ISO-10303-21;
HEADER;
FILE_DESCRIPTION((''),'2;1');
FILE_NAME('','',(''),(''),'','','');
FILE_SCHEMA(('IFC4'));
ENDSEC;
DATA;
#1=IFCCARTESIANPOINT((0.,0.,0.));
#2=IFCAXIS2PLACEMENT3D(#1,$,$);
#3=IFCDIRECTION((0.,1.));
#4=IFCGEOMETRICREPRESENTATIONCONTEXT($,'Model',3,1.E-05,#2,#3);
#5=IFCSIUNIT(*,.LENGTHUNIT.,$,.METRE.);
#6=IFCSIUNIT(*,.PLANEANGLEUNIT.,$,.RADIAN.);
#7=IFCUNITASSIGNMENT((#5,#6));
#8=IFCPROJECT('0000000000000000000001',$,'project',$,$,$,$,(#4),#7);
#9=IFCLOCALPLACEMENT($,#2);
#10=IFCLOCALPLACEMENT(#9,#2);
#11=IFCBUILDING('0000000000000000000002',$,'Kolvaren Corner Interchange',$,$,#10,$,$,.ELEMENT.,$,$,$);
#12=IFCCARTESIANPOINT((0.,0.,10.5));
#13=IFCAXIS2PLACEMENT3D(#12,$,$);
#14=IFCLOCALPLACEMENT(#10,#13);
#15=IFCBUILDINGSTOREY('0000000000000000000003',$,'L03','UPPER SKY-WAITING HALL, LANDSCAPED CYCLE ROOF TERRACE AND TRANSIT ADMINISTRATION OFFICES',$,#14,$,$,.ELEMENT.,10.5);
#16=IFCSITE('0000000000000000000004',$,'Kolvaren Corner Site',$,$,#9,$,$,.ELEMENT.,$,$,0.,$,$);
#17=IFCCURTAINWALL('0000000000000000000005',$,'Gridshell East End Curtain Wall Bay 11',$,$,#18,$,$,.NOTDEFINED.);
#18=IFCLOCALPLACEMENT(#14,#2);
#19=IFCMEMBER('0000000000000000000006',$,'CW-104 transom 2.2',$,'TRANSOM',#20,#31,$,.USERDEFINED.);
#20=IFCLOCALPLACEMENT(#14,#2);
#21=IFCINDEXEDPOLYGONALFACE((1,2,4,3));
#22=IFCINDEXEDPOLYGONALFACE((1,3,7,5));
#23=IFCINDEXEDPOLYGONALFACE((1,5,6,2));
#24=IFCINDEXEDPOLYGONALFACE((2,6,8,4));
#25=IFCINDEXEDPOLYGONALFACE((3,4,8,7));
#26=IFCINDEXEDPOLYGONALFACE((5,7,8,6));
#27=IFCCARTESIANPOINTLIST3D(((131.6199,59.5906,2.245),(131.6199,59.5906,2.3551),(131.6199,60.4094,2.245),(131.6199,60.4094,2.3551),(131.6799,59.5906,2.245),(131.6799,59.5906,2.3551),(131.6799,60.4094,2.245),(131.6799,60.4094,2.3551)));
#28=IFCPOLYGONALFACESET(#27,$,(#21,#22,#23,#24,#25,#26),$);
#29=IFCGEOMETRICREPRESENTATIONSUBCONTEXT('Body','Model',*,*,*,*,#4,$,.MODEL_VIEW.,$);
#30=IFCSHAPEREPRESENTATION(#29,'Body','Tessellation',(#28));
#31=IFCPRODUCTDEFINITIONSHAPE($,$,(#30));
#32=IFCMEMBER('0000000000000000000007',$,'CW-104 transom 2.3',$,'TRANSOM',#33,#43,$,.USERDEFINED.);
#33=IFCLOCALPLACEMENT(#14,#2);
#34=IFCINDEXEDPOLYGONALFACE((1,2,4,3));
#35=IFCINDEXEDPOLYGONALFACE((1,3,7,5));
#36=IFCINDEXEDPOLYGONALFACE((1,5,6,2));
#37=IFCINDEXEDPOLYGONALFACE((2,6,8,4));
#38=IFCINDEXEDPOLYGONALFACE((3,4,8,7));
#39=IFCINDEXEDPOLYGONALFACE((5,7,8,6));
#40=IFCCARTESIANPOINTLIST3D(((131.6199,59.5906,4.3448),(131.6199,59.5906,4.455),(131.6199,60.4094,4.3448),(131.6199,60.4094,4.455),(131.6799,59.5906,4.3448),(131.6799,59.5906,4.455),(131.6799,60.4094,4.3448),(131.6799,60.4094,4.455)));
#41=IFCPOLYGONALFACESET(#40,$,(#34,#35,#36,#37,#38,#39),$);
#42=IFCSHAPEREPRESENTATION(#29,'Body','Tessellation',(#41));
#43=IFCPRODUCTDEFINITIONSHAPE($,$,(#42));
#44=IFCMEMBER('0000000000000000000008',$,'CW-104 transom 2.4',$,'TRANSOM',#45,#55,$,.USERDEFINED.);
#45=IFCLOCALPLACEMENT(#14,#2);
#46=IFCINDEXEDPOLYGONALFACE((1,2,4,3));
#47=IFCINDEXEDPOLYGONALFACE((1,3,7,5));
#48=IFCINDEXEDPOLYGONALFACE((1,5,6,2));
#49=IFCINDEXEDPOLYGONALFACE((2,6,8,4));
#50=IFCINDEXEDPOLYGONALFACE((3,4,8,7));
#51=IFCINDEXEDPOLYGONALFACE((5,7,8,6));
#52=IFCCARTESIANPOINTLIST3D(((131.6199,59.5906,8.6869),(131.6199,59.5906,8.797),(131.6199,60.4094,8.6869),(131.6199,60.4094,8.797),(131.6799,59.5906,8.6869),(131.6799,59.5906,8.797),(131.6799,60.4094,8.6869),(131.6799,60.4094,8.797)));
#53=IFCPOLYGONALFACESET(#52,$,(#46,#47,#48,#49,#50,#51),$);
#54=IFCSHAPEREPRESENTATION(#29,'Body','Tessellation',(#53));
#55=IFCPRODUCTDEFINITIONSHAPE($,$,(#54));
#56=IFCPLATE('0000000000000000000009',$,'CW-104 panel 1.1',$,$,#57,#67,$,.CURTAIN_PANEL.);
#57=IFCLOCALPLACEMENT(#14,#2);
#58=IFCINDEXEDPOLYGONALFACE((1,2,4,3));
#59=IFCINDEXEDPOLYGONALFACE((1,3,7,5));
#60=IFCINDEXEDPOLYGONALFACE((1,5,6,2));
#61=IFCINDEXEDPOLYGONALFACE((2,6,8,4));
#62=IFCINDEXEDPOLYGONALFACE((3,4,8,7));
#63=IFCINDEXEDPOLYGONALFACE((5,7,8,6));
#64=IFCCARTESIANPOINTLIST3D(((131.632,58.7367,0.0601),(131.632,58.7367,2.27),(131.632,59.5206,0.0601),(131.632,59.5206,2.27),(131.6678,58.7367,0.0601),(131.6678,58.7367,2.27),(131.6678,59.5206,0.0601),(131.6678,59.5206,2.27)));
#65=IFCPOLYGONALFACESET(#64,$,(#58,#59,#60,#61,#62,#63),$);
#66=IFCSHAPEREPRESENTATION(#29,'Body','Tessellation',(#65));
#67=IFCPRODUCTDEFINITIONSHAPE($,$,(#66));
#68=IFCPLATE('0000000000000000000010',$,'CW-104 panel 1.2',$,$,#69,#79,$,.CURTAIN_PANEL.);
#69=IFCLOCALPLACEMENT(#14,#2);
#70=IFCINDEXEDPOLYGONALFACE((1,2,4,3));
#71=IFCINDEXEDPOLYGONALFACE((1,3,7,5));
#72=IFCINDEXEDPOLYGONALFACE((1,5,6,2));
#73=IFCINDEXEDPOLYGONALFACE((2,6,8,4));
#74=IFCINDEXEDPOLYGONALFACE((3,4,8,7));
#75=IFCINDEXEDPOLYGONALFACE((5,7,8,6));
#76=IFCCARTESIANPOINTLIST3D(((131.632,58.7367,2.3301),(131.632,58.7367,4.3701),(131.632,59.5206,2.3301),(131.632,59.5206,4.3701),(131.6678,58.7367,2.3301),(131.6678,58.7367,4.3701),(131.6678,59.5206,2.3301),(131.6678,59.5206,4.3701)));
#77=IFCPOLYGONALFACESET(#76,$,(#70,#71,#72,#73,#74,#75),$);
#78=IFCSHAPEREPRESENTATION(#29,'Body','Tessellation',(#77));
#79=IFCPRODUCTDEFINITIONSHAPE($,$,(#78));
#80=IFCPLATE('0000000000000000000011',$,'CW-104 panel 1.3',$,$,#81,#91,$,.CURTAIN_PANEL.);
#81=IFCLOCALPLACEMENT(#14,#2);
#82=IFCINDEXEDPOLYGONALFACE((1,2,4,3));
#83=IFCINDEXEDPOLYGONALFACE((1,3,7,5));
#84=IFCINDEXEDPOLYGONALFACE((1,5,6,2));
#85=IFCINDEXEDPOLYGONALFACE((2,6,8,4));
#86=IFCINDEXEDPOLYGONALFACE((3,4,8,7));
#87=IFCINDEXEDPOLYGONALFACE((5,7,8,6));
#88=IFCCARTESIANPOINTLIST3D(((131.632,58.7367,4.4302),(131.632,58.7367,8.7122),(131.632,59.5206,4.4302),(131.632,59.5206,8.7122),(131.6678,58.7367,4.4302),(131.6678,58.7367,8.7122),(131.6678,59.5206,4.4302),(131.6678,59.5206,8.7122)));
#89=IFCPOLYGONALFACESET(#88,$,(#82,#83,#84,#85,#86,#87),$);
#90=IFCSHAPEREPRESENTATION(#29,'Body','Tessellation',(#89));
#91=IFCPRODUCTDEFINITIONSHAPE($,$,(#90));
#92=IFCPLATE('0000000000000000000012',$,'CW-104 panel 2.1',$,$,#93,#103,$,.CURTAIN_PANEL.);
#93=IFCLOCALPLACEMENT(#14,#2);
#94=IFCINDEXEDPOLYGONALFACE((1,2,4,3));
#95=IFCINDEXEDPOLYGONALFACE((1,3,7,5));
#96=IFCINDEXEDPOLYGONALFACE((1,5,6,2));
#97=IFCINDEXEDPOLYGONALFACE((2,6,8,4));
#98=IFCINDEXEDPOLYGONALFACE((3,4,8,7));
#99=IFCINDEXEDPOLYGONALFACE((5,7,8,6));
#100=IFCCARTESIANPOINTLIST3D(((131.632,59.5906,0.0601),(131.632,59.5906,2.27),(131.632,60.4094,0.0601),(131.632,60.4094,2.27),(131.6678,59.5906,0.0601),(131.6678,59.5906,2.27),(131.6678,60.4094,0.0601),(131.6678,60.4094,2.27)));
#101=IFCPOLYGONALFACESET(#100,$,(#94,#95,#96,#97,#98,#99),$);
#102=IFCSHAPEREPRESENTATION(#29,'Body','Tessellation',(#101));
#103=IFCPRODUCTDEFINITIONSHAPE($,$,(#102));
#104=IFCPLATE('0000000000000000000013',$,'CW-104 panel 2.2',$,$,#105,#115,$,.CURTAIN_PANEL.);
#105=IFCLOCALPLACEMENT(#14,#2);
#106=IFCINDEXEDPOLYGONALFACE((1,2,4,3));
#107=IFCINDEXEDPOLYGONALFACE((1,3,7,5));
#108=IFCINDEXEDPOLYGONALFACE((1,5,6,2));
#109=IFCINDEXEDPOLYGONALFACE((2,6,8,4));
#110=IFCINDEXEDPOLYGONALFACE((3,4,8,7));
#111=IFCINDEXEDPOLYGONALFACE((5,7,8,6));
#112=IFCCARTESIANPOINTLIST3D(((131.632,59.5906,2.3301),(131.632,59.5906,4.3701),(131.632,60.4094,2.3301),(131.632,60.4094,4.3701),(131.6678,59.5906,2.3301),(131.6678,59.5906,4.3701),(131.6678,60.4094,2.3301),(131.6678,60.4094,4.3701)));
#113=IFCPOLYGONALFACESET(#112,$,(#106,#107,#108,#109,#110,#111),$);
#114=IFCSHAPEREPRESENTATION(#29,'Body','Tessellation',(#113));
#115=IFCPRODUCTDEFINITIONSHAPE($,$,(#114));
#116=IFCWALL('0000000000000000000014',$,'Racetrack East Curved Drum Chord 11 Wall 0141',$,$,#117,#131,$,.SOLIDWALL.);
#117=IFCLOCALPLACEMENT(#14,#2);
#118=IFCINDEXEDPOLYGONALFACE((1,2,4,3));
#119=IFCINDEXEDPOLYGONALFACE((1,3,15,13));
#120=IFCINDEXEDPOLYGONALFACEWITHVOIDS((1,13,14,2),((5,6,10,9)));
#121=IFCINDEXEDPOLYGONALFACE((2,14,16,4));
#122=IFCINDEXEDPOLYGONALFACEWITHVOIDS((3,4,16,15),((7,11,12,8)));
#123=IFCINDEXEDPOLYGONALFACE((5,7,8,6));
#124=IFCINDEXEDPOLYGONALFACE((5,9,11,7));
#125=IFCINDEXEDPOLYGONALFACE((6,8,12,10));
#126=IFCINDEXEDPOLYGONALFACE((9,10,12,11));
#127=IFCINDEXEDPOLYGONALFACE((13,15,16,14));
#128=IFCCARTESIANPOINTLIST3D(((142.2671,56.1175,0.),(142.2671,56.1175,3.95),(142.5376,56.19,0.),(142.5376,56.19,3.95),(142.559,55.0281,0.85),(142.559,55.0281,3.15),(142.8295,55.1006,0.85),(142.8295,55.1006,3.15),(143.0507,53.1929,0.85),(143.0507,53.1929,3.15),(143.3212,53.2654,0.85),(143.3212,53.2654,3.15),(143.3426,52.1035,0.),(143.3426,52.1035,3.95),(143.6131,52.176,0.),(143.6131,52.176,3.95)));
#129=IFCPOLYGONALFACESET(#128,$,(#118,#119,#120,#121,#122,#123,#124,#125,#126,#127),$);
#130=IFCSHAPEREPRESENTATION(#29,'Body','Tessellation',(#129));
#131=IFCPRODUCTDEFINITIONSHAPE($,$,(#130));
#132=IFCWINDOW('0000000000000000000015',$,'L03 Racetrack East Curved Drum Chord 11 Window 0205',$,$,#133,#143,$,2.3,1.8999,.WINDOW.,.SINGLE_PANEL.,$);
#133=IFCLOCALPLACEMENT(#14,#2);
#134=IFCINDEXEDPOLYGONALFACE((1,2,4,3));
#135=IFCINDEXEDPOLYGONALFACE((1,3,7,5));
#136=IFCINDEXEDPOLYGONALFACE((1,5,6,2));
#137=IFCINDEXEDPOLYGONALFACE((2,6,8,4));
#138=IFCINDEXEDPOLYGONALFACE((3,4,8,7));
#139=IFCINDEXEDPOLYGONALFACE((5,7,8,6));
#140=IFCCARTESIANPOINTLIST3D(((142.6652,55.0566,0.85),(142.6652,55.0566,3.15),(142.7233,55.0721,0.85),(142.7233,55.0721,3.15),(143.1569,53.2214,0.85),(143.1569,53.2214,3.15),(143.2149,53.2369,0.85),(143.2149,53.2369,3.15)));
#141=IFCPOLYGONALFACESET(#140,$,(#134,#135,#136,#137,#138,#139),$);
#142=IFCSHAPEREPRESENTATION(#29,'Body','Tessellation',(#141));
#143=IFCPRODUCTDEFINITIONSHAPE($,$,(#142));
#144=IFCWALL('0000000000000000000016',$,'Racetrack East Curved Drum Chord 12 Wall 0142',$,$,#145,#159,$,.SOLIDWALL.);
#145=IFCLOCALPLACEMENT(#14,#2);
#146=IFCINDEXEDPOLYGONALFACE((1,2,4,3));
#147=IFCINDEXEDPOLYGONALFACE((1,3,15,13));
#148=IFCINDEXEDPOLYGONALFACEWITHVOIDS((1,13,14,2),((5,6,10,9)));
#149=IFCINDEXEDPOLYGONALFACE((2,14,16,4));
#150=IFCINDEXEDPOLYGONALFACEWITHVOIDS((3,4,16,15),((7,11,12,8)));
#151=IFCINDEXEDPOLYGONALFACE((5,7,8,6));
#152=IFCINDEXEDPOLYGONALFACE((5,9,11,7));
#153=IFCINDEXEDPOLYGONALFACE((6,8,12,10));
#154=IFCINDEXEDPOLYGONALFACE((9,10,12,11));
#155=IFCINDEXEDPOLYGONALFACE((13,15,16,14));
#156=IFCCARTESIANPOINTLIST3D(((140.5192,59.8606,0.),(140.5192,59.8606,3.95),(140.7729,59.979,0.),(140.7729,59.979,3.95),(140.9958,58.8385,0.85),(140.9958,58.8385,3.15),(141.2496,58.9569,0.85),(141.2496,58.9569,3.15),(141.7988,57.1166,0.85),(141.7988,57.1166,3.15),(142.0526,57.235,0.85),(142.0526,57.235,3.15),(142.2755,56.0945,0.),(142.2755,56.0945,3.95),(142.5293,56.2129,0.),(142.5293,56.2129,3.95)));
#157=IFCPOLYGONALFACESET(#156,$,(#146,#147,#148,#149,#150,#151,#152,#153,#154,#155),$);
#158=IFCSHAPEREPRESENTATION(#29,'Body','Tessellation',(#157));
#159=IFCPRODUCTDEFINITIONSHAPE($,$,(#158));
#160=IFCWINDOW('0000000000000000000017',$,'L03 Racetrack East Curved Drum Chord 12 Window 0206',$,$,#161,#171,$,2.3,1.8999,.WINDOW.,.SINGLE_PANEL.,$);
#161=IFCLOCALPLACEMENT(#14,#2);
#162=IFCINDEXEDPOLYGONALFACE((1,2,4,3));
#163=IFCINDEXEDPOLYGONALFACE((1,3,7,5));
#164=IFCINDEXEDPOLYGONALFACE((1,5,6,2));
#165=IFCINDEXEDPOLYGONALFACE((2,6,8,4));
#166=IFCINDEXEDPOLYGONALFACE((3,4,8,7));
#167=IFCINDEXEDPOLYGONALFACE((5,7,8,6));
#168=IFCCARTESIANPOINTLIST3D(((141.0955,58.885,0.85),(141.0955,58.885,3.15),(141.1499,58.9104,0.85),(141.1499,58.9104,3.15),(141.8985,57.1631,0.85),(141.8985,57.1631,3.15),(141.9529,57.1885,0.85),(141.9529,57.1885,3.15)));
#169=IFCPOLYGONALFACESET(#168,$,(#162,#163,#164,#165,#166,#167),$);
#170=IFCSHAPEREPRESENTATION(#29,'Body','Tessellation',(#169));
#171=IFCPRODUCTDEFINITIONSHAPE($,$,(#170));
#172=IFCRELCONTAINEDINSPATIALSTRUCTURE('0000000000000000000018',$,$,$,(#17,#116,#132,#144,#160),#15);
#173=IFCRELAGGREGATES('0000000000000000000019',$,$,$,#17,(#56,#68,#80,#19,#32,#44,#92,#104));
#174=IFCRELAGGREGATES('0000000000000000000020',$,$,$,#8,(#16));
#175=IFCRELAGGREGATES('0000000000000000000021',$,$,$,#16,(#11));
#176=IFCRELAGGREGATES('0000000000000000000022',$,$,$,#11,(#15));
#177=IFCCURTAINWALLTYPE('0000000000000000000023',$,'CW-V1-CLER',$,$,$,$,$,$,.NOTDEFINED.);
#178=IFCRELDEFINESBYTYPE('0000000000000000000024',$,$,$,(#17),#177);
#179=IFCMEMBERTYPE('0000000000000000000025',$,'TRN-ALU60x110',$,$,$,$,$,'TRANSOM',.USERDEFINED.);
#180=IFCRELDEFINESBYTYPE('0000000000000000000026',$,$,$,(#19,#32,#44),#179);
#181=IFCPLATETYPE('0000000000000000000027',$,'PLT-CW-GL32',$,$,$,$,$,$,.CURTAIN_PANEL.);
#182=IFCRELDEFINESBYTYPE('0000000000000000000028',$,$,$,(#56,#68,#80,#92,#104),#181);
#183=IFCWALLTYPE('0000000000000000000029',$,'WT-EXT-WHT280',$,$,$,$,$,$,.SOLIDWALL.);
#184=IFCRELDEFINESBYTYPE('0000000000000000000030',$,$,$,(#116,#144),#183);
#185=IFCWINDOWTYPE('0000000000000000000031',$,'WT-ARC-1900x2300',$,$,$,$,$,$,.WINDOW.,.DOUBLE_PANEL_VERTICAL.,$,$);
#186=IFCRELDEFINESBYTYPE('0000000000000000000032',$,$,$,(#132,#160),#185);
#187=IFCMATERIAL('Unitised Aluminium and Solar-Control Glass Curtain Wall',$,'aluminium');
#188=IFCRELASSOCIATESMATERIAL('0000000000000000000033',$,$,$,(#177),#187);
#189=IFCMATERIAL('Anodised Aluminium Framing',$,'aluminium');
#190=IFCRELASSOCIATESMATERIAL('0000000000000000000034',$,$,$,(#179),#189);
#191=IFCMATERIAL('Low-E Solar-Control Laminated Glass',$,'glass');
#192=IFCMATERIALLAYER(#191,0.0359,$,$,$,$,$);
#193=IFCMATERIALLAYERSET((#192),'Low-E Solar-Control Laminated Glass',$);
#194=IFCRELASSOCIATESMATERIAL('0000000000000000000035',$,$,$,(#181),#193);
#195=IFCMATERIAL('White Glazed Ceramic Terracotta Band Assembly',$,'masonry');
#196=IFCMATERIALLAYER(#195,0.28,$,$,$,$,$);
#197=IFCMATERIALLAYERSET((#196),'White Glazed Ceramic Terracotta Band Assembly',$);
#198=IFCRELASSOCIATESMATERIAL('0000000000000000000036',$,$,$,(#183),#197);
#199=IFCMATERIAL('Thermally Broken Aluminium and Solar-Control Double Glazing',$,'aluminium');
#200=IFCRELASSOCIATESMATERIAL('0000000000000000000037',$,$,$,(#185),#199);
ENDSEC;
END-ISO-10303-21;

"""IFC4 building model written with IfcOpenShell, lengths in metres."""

from ifc_helpers import new_model, si_unit, direction, frame, frame_2d, origin, origin_2d, place, context, subcontext, project, spatial, rectangle, extrude, material, layer, layer_set, material_profile, profile_set, type_object, element, fill, aggregate, save


model = new_model("IFC4")

# Units and contexts
model_context = context("Model", 3, precision=1e-05, world=origin(), true_north=direction((0.0, 1.0)))
body_context = subcontext(model_context, "Body", "Model", "MODEL_VIEW")
ifc_project = project(units=[si_unit("LENGTHUNIT", "METRE"), si_unit("PLANEANGLEUNIT", "RADIAN")], contexts=[model_context])

# Site, building, storey
site_placement = place(None, origin())
site = spatial("IfcSite", under=ifc_project, at=site_placement, Name="Kolvaren Corner Site", CompositionType="ELEMENT", RefElevation=0.0)
building_placement = place(site_placement, origin())
building = spatial("IfcBuilding", under=site, at=building_placement, Name="Kolvaren Corner Interchange", CompositionType="ELEMENT")
storey_placement = place(building_placement, frame((0.0, 0.0, 10.5)))
storey = spatial("IfcBuildingStorey", under=building, at=storey_placement, Name="L03", Description="UPPER SKY-WAITING HALL, LANDSCAPED CYCLE ROOF TERRACE AND TRANSIT ADMINISTRATION OFFICES", CompositionType="ELEMENT", Elevation=10.5)

# Curtain wall, members, plates
ifc_material_1 = material(Name="Unitised Aluminium and Solar-Control Glass Curtain Wall", Category="aluminium")
curtain_wall_type = type_object("IfcCurtainWallType", Name="CW-V1-CLER", PredefinedType="NOTDEFINED", material=ifc_material_1)
curtain_wall_placement = place(storey_placement, origin())
curtain_wall = element("IfcCurtainWall", 1, at=curtain_wall_placement, inside=storey, type_object=curtain_wall_type, Name="Gridshell East End Curtain Wall Bay 11", PredefinedType="NOTDEFINED")
ifc_material_2 = material(Name="Anodised Aluminium Framing", Category="aluminium")
ifc_material_profile_1 = material_profile(ifc_material_2, rectangle(XDim=0.0601, YDim=0.1101, at=origin_2d()), Name="ALU 60x110")
ifc_profile_set_1 = profile_set([ifc_material_profile_1], Name="Anodised Aluminium Framing")
member_type_1 = type_object("IfcMemberType", Name="TRN-ALU60x110", ElementType="TRANSOM", PredefinedType="USERDEFINED", material=ifc_profile_set_1)
member_1_placement = place(storey_placement, frame((131.6499, 59.5906, 2.3), z_axis=(0.0, 1.0, 0.0), x_axis=(-1.0, 0.0, 0.0)))
member_1 = element("IfcMember", 2, at=member_1_placement, type_object=member_type_1, Name="CW-104 transom 2.2", ObjectType="TRANSOM", PredefinedType="USERDEFINED", context=body_context, shape_type="SweptSolid", body=[
    extrude(rectangle(XDim=0.0601, YDim=0.1101, at=origin_2d()), origin(), (0.0, 0.0, 1.0), 0.8188),
])
member_2_placement = place(storey_placement, frame((131.6499, 59.5906, 4.3999), z_axis=(0.0, 1.0, 0.0), x_axis=(-1.0, 0.0, 0.0)))
member_2 = element("IfcMember", 3, at=member_2_placement, type_object=member_type_1, Name="CW-104 transom 2.3", ObjectType="TRANSOM", PredefinedType="USERDEFINED", context=body_context, shape_type="SweptSolid", body=[
    extrude(rectangle(XDim=0.0601, YDim=0.1101, at=origin_2d()), origin(), (0.0, 0.0, 1.0), 0.8188),
])
member_3_placement = place(storey_placement, frame((131.6499, 59.5906, 8.7419), z_axis=(0.0, 1.0, 0.0), x_axis=(-1.0, 0.0, 0.0)))
member_3 = element("IfcMember", 4, at=member_3_placement, type_object=member_type_1, Name="CW-104 transom 2.4", ObjectType="TRANSOM", PredefinedType="USERDEFINED", context=body_context, shape_type="SweptSolid", body=[
    extrude(rectangle(XDim=0.0601, YDim=0.1101, at=origin_2d()), origin(), (0.0, 0.0, 1.0), 0.8188),
])
ifc_material_3 = material(Name="Low-E Solar-Control Laminated Glass", Category="glass")
ifc_layer_1 = layer(ifc_material_3, 0.0359)
ifc_layer_set_1 = layer_set([ifc_layer_1], Name="Low-E Solar-Control Laminated Glass")
plate_type = type_object("IfcPlateType", Name="PLT-CW-GL32", PredefinedType="CURTAIN_PANEL", material=ifc_layer_set_1)
plate_1_placement = place(storey_placement, frame((131.6499, 59.1287, 0.0601), z_axis=(0.0, 0.0, 1.0), x_axis=(0.0, 1.0, 0.0)))
plate_1 = element("IfcPlate", 5, at=plate_1_placement, type_object=plate_type, Name="CW-104 panel 1.1", PredefinedType="CURTAIN_PANEL", context=body_context, shape_type="SweptSolid", body=[
    extrude(rectangle(XDim=0.7839, YDim=0.0359, at=origin_2d()), origin(), (0.0, 0.0, 1.0), 2.21),
])
plate_2_placement = place(storey_placement, frame((131.6499, 59.1287, 2.3301), z_axis=(0.0, 0.0, 1.0), x_axis=(0.0, 1.0, 0.0)))
plate_2 = element("IfcPlate", 6, at=plate_2_placement, type_object=plate_type, Name="CW-104 panel 1.2", PredefinedType="CURTAIN_PANEL", context=body_context, shape_type="SweptSolid", body=[
    extrude(rectangle(XDim=0.7839, YDim=0.0359, at=origin_2d()), origin(), (0.0, 0.0, 1.0), 2.04),
])
plate_3_placement = place(storey_placement, frame((131.6499, 59.1287, 4.4302), z_axis=(0.0, 0.0, 1.0), x_axis=(0.0, 1.0, 0.0)))
plate_3 = element("IfcPlate", 7, at=plate_3_placement, type_object=plate_type, Name="CW-104 panel 1.3", PredefinedType="CURTAIN_PANEL", context=body_context, shape_type="SweptSolid", body=[
    extrude(rectangle(XDim=0.7839, YDim=0.0359, at=origin_2d()), origin(), (0.0, 0.0, 1.0), 4.282),
])
plate_4_placement = place(storey_placement, frame((131.6499, 60.0, 0.0601), z_axis=(0.0, 0.0, 1.0), x_axis=(0.0, 1.0, 0.0)))
plate_4 = element("IfcPlate", 8, at=plate_4_placement, type_object=plate_type, Name="CW-104 panel 2.1", PredefinedType="CURTAIN_PANEL", context=body_context, shape_type="SweptSolid", body=[
    extrude(rectangle(XDim=0.8188, YDim=0.0359, at=origin_2d()), origin(), (0.0, 0.0, 1.0), 2.21),
])
plate_5_placement = place(storey_placement, frame((131.6499, 60.0, 2.3301), z_axis=(0.0, 0.0, 1.0), x_axis=(0.0, 1.0, 0.0)))
plate_5 = element("IfcPlate", 9, at=plate_5_placement, type_object=plate_type, Name="CW-104 panel 2.2", PredefinedType="CURTAIN_PANEL", context=body_context, shape_type="SweptSolid", body=[
    extrude(rectangle(XDim=0.8188, YDim=0.0359, at=origin_2d()), origin(), (0.0, 0.0, 1.0), 2.04),
])
aggregate(curtain_wall, [plate_1, plate_2, plate_3, member_1, member_2, member_3, plate_4, plate_5])

# Walls, openings, windows
ifc_material_4 = material(Name="White Glazed Ceramic Terracotta Band Assembly", Category="masonry")
ifc_layer_2 = layer(ifc_material_4, 0.28)
ifc_layer_set_2 = layer_set([ifc_layer_2], Name="White Glazed Ceramic Terracotta Band Assembly")
wall_type = type_object("IfcWallType", Name="WT-EXT-WHT280", PredefinedType="SOLIDWALL", material=ifc_layer_set_2)
wall_1_placement = place(storey_placement, frame((143.4778, 52.1399, 0.0), z_axis=(0.0, 0.0, 1.0), x_axis=(-0.2588, 0.965931, 0.0)))
wall_1 = element("IfcWall", 10, at=wall_1_placement, inside=storey, type_object=wall_type, Name="Racetrack East Curved Drum Chord 11 Wall 0141", PredefinedType="SOLIDWALL", context=body_context, shape_type="SweptSolid", body=[
    extrude(rectangle(XDim=4.1555, YDim=0.28, at=frame_2d((2.0776, 0.0))), origin(), (0.0, 0.0, 1.0), 3.95),
])
opening_1_placement = place(wall_1_placement, frame((1.1277, 0.0, 0.8501)))
opening_1 = element("IfcOpeningElement", 11, at=opening_1_placement, cuts=wall_1, PredefinedType="OPENING", context=body_context, shape_type="SweptSolid", body=[
    extrude(rectangle(XDim=1.8999, YDim=2.3, at=frame_2d((0.95, 1.1499))), frame((0.0, 0.1499, 0.0), z_axis=(0.0, -1.0, 0.0), x_axis=(1.0, 0.0, 0.0)), (0.0, 0.0, 1.0), 0.3),
])
ifc_material_5 = material(Name="Thermally Broken Aluminium and Solar-Control Double Glazing", Category="aluminium")
window_type = type_object("IfcWindowType", Name="WT-ARC-1900x2300", PartitioningType="DOUBLE_PANEL_VERTICAL", PredefinedType="WINDOW", material=ifc_material_5)
window_1_placement = place(opening_1_placement, origin())
window_1 = element("IfcWindow", 12, at=window_1_placement, inside=storey, type_object=window_type, Name="L03 Racetrack East Curved Drum Chord 11 Window 0205", OverallHeight=2.3, OverallWidth=1.8999, PartitioningType="SINGLE_PANEL", PredefinedType="WINDOW", context=body_context, shape_type="SweptSolid", body=[
    extrude(rectangle(XDim=1.8999, YDim=2.3, at=frame_2d((0.95, 1.1499))), frame((0.0, 0.03, 0.0), z_axis=(0.0, -1.0, 0.0), x_axis=(1.0, 0.0, 0.0)), (0.0, 0.0, 1.0), 0.0601),
])
fill(opening_1, window_1)
wall_2_placement = place(storey_placement, frame((142.4023, 56.1538, 0.0), z_axis=(0.0, 0.0, 1.0), x_axis=(-0.422654, 0.906291, 0.0)))
wall_2 = element("IfcWall", 13, at=wall_2_placement, inside=storey, type_object=wall_type, Name="Racetrack East Curved Drum Chord 12 Wall 0142", PredefinedType="SOLIDWALL", context=body_context, shape_type="SweptSolid", body=[
    extrude(rectangle(XDim=4.1555, YDim=0.28, at=frame_2d((2.0776, 0.0))), origin(), (0.0, 0.0, 1.0), 3.95),
])
opening_2_placement = place(wall_2_placement, frame((1.1277, 0.0, 0.8501)))
opening_2 = element("IfcOpeningElement", 14, at=opening_2_placement, cuts=wall_2, PredefinedType="OPENING", context=body_context, shape_type="SweptSolid", body=[
    extrude(rectangle(XDim=1.8999, YDim=2.3, at=frame_2d((0.95, 1.1499))), frame((0.0, 0.1499, 0.0), z_axis=(0.0, -1.0, 0.0), x_axis=(1.0, 0.0, 0.0)), (0.0, 0.0, 1.0), 0.3),
])
window_2_placement = place(opening_2_placement, origin())
window_2 = element("IfcWindow", 15, at=window_2_placement, inside=storey, type_object=window_type, Name="L03 Racetrack East Curved Drum Chord 12 Window 0206", OverallHeight=2.3, OverallWidth=1.8999, PartitioningType="SINGLE_PANEL", PredefinedType="WINDOW", context=body_context, shape_type="SweptSolid", body=[
    extrude(rectangle(XDim=1.8999, YDim=2.3, at=frame_2d((0.95, 1.1499))), frame((0.0, 0.03, 0.0), z_axis=(0.0, -1.0, 0.0), x_axis=(1.0, 0.0, 0.0)), (0.0, 0.0, 1.0), 0.0601),
])
fill(opening_2, window_2)

save(model, "model.ifc")
